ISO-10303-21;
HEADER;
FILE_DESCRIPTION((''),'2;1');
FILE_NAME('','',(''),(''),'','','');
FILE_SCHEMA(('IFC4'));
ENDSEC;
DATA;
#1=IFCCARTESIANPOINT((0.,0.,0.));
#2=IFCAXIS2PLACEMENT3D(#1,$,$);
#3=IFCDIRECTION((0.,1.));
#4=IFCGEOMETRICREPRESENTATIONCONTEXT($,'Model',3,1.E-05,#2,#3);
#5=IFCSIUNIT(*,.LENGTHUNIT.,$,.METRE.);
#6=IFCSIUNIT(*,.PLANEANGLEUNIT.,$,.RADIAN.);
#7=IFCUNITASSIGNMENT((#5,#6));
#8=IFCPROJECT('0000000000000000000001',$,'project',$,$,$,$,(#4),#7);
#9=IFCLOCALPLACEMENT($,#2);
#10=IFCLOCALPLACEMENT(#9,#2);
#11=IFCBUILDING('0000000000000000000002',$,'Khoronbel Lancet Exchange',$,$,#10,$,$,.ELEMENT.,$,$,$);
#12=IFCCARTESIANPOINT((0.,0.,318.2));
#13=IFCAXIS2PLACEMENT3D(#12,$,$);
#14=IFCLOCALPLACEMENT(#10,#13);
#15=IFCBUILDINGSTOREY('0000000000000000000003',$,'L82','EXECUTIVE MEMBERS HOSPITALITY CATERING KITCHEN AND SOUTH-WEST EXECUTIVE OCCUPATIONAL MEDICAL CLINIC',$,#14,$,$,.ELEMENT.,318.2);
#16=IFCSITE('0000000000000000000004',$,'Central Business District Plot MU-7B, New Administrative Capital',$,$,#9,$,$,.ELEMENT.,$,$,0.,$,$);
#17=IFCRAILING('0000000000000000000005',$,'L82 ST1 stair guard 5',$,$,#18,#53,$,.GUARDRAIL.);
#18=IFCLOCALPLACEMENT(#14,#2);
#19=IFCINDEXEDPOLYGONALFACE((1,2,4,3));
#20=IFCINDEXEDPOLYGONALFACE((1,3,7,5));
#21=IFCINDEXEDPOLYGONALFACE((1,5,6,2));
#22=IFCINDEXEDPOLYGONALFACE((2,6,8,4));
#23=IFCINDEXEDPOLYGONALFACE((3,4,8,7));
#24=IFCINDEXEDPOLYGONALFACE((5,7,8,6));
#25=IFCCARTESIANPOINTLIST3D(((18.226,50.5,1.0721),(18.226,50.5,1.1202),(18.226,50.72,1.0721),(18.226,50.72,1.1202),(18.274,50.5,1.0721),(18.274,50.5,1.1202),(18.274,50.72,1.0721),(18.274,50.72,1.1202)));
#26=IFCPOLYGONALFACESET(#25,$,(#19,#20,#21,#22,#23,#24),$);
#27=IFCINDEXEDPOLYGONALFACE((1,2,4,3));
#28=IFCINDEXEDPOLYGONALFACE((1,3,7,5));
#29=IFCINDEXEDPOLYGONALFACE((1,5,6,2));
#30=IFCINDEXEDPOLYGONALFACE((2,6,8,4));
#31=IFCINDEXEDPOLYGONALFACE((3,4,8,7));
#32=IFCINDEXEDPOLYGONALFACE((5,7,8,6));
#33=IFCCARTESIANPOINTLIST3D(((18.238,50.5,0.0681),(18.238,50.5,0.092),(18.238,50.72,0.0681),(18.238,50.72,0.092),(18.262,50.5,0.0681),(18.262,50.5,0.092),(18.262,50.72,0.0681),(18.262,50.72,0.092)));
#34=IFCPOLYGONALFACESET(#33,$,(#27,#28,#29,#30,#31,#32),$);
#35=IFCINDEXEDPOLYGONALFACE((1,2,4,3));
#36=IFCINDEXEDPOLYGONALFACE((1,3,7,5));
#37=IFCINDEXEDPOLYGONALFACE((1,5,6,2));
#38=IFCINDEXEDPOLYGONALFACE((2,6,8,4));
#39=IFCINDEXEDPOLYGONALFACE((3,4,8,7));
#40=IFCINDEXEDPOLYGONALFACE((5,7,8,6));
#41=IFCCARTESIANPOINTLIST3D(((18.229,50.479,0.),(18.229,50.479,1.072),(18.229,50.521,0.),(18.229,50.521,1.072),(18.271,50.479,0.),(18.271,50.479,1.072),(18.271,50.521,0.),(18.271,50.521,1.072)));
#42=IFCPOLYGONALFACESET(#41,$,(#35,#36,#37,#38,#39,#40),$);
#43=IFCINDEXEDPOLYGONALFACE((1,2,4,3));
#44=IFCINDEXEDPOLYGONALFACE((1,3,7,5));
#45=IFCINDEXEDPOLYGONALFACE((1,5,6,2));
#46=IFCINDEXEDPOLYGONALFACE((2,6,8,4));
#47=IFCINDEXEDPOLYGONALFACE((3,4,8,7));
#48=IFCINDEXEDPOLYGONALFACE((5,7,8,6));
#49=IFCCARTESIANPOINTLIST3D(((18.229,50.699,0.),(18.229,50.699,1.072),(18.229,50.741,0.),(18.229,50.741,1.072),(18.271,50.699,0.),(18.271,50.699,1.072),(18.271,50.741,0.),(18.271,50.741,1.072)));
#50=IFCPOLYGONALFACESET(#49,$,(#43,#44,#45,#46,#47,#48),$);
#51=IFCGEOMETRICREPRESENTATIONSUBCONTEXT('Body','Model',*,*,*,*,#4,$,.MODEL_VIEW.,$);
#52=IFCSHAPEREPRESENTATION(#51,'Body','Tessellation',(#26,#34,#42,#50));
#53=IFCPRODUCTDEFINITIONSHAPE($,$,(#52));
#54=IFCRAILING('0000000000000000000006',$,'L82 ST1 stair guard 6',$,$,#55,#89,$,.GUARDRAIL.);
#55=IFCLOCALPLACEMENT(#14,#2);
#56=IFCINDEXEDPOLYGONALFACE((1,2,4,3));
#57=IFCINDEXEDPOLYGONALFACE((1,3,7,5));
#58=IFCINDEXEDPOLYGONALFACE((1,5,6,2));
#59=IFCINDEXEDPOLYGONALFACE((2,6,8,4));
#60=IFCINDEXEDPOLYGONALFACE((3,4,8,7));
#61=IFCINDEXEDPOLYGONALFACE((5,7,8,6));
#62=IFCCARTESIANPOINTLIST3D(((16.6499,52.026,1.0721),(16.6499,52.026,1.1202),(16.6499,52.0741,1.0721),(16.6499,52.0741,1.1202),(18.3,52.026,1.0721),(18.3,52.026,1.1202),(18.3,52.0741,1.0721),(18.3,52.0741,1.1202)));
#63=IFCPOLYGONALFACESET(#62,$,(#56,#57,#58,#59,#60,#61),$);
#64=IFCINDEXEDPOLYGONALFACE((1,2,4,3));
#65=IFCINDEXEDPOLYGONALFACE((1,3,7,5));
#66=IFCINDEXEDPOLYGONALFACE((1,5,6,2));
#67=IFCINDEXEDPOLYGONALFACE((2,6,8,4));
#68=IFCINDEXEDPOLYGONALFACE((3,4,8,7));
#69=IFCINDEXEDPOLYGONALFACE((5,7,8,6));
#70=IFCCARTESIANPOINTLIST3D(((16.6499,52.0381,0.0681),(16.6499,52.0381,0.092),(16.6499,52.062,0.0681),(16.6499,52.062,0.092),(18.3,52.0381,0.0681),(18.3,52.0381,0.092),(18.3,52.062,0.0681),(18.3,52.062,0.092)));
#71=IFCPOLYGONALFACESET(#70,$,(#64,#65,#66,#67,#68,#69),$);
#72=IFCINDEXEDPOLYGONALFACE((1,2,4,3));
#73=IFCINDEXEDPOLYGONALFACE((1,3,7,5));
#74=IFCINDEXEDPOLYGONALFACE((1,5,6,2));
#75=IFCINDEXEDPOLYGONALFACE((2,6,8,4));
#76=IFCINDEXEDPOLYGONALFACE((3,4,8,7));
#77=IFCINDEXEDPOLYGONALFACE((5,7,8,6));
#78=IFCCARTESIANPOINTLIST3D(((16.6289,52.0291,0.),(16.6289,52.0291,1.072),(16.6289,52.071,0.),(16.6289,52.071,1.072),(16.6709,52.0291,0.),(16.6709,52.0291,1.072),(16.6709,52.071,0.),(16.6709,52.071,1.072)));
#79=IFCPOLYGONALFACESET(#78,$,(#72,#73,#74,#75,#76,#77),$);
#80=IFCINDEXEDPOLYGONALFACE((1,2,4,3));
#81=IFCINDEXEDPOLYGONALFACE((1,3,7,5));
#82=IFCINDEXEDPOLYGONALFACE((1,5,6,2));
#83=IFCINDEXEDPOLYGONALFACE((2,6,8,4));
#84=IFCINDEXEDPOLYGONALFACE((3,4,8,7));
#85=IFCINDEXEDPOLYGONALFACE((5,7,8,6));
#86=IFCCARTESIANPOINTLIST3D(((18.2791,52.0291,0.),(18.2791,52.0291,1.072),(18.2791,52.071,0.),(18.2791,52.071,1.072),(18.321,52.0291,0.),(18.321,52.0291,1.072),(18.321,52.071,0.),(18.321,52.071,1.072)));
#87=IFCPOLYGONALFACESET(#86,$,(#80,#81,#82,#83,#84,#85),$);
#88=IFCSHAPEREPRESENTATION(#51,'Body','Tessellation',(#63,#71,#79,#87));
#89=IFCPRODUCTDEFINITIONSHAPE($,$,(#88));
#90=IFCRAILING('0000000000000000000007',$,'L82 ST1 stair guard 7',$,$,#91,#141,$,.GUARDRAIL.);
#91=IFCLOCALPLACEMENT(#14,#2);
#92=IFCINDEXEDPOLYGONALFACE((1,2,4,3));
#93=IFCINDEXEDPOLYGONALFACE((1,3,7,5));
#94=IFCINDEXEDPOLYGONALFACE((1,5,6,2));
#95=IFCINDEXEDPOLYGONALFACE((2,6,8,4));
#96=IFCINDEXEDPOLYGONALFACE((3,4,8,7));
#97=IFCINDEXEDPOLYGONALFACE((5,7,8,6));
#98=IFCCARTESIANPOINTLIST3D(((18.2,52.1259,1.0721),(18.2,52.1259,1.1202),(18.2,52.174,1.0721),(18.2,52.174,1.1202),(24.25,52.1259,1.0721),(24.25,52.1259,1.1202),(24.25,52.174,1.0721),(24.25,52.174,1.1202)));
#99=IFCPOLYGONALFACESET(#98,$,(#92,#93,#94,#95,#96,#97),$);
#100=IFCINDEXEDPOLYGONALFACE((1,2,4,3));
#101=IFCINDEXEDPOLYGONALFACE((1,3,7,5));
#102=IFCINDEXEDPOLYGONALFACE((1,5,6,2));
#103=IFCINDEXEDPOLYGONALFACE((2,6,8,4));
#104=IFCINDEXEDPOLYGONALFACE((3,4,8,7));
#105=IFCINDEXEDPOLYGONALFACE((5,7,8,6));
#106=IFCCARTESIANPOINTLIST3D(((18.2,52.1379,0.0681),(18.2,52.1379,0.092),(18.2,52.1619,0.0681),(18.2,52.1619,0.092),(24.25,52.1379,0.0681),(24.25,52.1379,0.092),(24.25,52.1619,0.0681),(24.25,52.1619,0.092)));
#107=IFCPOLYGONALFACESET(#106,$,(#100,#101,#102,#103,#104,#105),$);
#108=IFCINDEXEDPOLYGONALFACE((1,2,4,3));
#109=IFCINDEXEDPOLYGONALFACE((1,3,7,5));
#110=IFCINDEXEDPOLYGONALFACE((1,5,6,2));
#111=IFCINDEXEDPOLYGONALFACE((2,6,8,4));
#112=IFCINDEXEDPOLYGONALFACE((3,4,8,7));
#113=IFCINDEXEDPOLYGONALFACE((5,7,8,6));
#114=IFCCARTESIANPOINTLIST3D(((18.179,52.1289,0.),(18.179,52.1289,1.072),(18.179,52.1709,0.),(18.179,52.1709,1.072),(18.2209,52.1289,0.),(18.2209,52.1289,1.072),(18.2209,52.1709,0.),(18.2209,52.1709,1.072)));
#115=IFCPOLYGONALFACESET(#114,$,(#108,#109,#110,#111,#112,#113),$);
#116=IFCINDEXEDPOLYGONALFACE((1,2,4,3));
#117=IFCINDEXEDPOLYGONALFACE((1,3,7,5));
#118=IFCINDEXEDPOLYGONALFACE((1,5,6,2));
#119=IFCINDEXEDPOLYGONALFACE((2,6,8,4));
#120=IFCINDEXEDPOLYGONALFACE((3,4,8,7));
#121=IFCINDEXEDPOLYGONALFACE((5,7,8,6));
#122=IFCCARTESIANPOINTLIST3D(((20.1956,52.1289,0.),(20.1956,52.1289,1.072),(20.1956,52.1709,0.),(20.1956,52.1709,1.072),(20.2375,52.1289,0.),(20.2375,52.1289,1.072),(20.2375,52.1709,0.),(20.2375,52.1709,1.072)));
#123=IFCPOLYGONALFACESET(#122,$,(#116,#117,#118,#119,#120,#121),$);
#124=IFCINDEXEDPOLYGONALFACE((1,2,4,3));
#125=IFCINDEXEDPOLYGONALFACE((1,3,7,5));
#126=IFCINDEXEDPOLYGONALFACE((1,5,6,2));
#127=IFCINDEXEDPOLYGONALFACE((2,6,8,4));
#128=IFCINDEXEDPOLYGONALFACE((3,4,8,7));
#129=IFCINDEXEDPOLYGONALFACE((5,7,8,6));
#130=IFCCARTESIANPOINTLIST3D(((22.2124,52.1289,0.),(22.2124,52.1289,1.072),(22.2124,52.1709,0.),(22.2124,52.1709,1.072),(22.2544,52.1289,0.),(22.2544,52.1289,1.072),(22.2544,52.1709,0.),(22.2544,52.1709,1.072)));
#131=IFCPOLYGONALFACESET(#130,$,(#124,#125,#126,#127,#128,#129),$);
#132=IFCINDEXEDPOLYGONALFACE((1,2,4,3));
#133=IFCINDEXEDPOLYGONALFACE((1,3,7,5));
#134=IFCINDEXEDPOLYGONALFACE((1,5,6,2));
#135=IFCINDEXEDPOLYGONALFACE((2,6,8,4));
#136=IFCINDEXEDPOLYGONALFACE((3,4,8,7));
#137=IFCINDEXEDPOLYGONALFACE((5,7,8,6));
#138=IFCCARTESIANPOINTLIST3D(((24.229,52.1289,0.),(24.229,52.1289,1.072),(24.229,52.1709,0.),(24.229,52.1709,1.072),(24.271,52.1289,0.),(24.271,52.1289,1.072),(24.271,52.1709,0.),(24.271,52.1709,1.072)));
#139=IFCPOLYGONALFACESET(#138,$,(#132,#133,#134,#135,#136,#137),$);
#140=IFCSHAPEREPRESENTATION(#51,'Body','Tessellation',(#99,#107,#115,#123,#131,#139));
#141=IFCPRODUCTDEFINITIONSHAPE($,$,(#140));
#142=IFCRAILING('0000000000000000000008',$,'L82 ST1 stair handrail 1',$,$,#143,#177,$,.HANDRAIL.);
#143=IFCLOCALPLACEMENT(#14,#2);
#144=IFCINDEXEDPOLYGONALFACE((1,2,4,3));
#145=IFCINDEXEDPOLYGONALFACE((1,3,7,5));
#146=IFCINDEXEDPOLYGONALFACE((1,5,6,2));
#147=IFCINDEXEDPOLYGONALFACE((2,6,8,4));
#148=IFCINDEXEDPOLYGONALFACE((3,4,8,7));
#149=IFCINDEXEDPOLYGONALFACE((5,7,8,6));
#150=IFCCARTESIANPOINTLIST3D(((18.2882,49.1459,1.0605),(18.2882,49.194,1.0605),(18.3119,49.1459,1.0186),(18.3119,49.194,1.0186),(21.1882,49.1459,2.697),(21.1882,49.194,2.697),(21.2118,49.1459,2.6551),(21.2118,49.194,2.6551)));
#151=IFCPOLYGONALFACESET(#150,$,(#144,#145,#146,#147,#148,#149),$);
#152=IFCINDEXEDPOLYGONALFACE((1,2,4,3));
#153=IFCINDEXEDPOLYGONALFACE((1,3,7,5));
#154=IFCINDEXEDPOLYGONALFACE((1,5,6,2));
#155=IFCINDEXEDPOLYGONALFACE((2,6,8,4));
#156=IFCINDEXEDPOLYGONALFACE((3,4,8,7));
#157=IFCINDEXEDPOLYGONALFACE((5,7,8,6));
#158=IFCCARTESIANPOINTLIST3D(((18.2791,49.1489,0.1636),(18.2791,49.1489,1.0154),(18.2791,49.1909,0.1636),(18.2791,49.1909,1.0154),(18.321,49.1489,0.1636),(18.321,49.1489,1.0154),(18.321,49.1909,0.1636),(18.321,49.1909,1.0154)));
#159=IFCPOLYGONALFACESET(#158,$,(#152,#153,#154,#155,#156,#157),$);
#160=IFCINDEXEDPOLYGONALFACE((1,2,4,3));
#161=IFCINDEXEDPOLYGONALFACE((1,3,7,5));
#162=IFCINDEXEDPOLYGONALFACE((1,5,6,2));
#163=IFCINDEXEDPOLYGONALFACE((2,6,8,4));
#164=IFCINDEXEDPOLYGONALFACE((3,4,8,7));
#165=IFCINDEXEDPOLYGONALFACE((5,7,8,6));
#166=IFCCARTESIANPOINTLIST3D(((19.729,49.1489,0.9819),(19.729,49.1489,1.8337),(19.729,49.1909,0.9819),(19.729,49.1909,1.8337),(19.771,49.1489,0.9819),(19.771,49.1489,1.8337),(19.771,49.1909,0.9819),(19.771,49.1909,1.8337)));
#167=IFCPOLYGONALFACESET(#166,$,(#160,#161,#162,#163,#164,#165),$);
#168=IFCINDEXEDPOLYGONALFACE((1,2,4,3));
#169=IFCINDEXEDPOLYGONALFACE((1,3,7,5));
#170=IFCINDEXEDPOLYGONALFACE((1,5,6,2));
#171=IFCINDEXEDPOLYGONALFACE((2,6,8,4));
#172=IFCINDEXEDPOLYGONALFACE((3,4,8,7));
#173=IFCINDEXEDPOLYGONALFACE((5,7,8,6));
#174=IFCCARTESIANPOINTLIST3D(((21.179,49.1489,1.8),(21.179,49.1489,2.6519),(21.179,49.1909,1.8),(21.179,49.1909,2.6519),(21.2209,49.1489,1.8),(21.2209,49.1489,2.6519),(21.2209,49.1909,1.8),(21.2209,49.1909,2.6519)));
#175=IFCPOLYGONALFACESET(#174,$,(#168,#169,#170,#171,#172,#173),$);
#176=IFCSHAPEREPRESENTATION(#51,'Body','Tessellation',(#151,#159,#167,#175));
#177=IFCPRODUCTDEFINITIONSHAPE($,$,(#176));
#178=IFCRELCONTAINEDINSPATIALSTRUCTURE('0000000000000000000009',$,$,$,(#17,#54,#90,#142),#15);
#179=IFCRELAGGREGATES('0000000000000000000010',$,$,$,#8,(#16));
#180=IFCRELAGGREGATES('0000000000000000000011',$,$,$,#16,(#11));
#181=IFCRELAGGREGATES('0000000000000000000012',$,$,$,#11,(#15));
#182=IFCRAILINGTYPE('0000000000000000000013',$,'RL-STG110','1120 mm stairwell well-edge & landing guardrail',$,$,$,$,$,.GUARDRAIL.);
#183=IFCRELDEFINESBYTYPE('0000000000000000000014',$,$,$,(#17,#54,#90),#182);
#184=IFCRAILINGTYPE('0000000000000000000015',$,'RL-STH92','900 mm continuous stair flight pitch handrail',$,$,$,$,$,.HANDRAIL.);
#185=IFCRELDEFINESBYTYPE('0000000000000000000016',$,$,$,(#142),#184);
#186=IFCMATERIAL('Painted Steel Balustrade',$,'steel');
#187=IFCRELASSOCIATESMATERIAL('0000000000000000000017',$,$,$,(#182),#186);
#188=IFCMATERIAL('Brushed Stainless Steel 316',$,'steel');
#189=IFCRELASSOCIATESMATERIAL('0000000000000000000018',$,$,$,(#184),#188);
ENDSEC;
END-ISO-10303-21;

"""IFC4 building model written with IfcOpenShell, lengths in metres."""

from ifc_helpers import new_model, si_unit, direction, frame, origin, origin_2d, place, context, subcontext, project, spatial, rectangle, extrude, material, type_object, element, save


model = new_model("IFC4")

# Units and contexts
model_context = context("Model", 3, precision=1e-05, world=origin(), true_north=direction((0.0, 1.0)))
body_context = subcontext(model_context, "Body", "Model", "MODEL_VIEW")
ifc_project = project(units=[si_unit("LENGTHUNIT", "METRE"), si_unit("PLANEANGLEUNIT", "RADIAN")], contexts=[model_context])

# Site, building, storey
site_placement = place(None, origin())
site = spatial("IfcSite", under=ifc_project, at=site_placement, Name="Central Business District Plot MU-7B, New Administrative Capital", CompositionType="ELEMENT", RefElevation=0.0)
building_placement = place(site_placement, origin())
building = spatial("IfcBuilding", under=site, at=building_placement, Name="Khoronbel Lancet Exchange", CompositionType="ELEMENT")
storey_placement = place(building_placement, frame((0.0, 0.0, 318.2)))
storey = spatial("IfcBuildingStorey", under=building, at=storey_placement, Name="L82", Description="EXECUTIVE MEMBERS HOSPITALITY CATERING KITCHEN AND SOUTH-WEST EXECUTIVE OCCUPATIONAL MEDICAL CLINIC", CompositionType="ELEMENT", Elevation=318.2)

# Railings
ifc_material_1 = material(Name="Painted Steel Balustrade", Category="steel")
railing_type_1 = type_object("IfcRailingType", Name="RL-STG110", Description="1120 mm stairwell well-edge & landing guardrail", PredefinedType="GUARDRAIL", material=ifc_material_1)
railing_1_placement = place(storey_placement, frame((18.25, 50.5, 0.0)))
element("IfcRailing", 1, at=railing_1_placement, inside=storey, type_object=railing_type_1, Name="L82 ST1 stair guard 5", PredefinedType="GUARDRAIL", context=body_context, shape_type="SweptSolid", body=[
    extrude(rectangle(XDim=0.0481, YDim=0.0481, at=origin_2d()), frame((0.0, 0.0, 1.0962), z_axis=(0.0, 1.0, 0.0), x_axis=(-1.0, 0.0, 0.0)), (0.0, 0.0, 1.0), 0.22),
    extrude(rectangle(XDim=0.0239, YDim=0.0239, at=origin_2d()), frame((0.0, 0.0, 0.0801), z_axis=(0.0, 1.0, 0.0), x_axis=(-1.0, 0.0, 0.0)), (0.0, 0.0, 1.0), 0.22),
    extrude(rectangle(XDim=0.042, YDim=0.042, at=origin_2d()), origin(), (0.0, 0.0, 1.0), 1.072),
    extrude(rectangle(XDim=0.042, YDim=0.042, at=origin_2d()), frame((0.0, 0.22, 0.0)), (0.0, 0.0, 1.0), 1.072),
])
railing_2_placement = place(storey_placement, frame((16.6499, 52.05, 0.0)))
element("IfcRailing", 2, at=railing_2_placement, inside=storey, type_object=railing_type_1, Name="L82 ST1 stair guard 6", PredefinedType="GUARDRAIL", context=body_context, shape_type="SweptSolid", body=[
    extrude(rectangle(XDim=0.0481, YDim=0.0481, at=origin_2d()), frame((0.0, 0.0, 1.0962), z_axis=(1.0, 0.0, 0.0), x_axis=(0.0, 1.0, 0.0)), (0.0, 0.0, 1.0), 1.6501),
    extrude(rectangle(XDim=0.0239, YDim=0.0239, at=origin_2d()), frame((0.0, 0.0, 0.0801), z_axis=(1.0, 0.0, 0.0), x_axis=(0.0, 1.0, 0.0)), (0.0, 0.0, 1.0), 1.6501),
    extrude(rectangle(XDim=0.042, YDim=0.042, at=origin_2d()), origin(), (0.0, 0.0, 1.0), 1.072),
    extrude(rectangle(XDim=0.042, YDim=0.042, at=origin_2d()), frame((1.6501, 0.0, 0.0)), (0.0, 0.0, 1.0), 1.072),
])
railing_3_placement = place(storey_placement, frame((18.2, 52.1499, 0.0)))
element("IfcRailing", 3, at=railing_3_placement, inside=storey, type_object=railing_type_1, Name="L82 ST1 stair guard 7", PredefinedType="GUARDRAIL", context=body_context, shape_type="SweptSolid", body=[
    extrude(rectangle(XDim=0.0481, YDim=0.0481, at=origin_2d()), frame((0.0, 0.0, 1.0962), z_axis=(1.0, 0.0, 0.0), x_axis=(0.0, 1.0, 0.0)), (0.0, 0.0, 1.0), 6.05),
    extrude(rectangle(XDim=0.0239, YDim=0.0239, at=origin_2d()), frame((0.0, 0.0, 0.0801), z_axis=(1.0, 0.0, 0.0), x_axis=(0.0, 1.0, 0.0)), (0.0, 0.0, 1.0), 6.05),
    extrude(rectangle(XDim=0.042, YDim=0.042, at=origin_2d()), origin(), (0.0, 0.0, 1.0), 1.072),
    extrude(rectangle(XDim=0.042, YDim=0.042, at=origin_2d()), frame((2.0166, 0.0, 0.0)), (0.0, 0.0, 1.0), 1.072),
    extrude(rectangle(XDim=0.042, YDim=0.042, at=origin_2d()), frame((4.0334, 0.0, 0.0)), (0.0, 0.0, 1.0), 1.072),
    extrude(rectangle(XDim=0.042, YDim=0.042, at=origin_2d()), frame((6.05, 0.0, 0.0)), (0.0, 0.0, 1.0), 1.072),
])
ifc_material_2 = material(Name="Brushed Stainless Steel 316", Category="steel")
railing_type_2 = type_object("IfcRailingType", Name="RL-STH92", Description="900 mm continuous stair flight pitch handrail", PredefinedType="HANDRAIL", material=ifc_material_2)
railing_4_placement = place(storey_placement, frame((18.3, 49.1699, 0.1636)))
element("IfcRailing", 4, at=railing_4_placement, inside=storey, type_object=railing_type_2, Name="L82 ST1 stair handrail 1", PredefinedType="HANDRAIL", context=body_context, shape_type="SweptSolid", body=[
    extrude(rectangle(XDim=0.0481, YDim=0.0481, at=origin_2d()), frame((0.0, 0.0, 0.876), z_axis=(0.870897, 0.0, 0.491465), x_axis=(0.0, 1.0, 0.0)), (0.0, 0.0, 1.0), 3.3298),
    extrude(rectangle(XDim=0.042, YDim=0.042, at=origin_2d()), origin(), (0.0, 0.0, 1.0), 0.8518),
    extrude(rectangle(XDim=0.042, YDim=0.042, at=origin_2d()), frame((1.45, 0.0, 0.8184)), (0.0, 0.0, 1.0), 0.8518),
    extrude(rectangle(XDim=0.042, YDim=0.042, at=origin_2d()), frame((2.8999, 0.0, 1.6365)), (0.0, 0.0, 1.0), 0.8518),
])

save(model, "model.ifc")
